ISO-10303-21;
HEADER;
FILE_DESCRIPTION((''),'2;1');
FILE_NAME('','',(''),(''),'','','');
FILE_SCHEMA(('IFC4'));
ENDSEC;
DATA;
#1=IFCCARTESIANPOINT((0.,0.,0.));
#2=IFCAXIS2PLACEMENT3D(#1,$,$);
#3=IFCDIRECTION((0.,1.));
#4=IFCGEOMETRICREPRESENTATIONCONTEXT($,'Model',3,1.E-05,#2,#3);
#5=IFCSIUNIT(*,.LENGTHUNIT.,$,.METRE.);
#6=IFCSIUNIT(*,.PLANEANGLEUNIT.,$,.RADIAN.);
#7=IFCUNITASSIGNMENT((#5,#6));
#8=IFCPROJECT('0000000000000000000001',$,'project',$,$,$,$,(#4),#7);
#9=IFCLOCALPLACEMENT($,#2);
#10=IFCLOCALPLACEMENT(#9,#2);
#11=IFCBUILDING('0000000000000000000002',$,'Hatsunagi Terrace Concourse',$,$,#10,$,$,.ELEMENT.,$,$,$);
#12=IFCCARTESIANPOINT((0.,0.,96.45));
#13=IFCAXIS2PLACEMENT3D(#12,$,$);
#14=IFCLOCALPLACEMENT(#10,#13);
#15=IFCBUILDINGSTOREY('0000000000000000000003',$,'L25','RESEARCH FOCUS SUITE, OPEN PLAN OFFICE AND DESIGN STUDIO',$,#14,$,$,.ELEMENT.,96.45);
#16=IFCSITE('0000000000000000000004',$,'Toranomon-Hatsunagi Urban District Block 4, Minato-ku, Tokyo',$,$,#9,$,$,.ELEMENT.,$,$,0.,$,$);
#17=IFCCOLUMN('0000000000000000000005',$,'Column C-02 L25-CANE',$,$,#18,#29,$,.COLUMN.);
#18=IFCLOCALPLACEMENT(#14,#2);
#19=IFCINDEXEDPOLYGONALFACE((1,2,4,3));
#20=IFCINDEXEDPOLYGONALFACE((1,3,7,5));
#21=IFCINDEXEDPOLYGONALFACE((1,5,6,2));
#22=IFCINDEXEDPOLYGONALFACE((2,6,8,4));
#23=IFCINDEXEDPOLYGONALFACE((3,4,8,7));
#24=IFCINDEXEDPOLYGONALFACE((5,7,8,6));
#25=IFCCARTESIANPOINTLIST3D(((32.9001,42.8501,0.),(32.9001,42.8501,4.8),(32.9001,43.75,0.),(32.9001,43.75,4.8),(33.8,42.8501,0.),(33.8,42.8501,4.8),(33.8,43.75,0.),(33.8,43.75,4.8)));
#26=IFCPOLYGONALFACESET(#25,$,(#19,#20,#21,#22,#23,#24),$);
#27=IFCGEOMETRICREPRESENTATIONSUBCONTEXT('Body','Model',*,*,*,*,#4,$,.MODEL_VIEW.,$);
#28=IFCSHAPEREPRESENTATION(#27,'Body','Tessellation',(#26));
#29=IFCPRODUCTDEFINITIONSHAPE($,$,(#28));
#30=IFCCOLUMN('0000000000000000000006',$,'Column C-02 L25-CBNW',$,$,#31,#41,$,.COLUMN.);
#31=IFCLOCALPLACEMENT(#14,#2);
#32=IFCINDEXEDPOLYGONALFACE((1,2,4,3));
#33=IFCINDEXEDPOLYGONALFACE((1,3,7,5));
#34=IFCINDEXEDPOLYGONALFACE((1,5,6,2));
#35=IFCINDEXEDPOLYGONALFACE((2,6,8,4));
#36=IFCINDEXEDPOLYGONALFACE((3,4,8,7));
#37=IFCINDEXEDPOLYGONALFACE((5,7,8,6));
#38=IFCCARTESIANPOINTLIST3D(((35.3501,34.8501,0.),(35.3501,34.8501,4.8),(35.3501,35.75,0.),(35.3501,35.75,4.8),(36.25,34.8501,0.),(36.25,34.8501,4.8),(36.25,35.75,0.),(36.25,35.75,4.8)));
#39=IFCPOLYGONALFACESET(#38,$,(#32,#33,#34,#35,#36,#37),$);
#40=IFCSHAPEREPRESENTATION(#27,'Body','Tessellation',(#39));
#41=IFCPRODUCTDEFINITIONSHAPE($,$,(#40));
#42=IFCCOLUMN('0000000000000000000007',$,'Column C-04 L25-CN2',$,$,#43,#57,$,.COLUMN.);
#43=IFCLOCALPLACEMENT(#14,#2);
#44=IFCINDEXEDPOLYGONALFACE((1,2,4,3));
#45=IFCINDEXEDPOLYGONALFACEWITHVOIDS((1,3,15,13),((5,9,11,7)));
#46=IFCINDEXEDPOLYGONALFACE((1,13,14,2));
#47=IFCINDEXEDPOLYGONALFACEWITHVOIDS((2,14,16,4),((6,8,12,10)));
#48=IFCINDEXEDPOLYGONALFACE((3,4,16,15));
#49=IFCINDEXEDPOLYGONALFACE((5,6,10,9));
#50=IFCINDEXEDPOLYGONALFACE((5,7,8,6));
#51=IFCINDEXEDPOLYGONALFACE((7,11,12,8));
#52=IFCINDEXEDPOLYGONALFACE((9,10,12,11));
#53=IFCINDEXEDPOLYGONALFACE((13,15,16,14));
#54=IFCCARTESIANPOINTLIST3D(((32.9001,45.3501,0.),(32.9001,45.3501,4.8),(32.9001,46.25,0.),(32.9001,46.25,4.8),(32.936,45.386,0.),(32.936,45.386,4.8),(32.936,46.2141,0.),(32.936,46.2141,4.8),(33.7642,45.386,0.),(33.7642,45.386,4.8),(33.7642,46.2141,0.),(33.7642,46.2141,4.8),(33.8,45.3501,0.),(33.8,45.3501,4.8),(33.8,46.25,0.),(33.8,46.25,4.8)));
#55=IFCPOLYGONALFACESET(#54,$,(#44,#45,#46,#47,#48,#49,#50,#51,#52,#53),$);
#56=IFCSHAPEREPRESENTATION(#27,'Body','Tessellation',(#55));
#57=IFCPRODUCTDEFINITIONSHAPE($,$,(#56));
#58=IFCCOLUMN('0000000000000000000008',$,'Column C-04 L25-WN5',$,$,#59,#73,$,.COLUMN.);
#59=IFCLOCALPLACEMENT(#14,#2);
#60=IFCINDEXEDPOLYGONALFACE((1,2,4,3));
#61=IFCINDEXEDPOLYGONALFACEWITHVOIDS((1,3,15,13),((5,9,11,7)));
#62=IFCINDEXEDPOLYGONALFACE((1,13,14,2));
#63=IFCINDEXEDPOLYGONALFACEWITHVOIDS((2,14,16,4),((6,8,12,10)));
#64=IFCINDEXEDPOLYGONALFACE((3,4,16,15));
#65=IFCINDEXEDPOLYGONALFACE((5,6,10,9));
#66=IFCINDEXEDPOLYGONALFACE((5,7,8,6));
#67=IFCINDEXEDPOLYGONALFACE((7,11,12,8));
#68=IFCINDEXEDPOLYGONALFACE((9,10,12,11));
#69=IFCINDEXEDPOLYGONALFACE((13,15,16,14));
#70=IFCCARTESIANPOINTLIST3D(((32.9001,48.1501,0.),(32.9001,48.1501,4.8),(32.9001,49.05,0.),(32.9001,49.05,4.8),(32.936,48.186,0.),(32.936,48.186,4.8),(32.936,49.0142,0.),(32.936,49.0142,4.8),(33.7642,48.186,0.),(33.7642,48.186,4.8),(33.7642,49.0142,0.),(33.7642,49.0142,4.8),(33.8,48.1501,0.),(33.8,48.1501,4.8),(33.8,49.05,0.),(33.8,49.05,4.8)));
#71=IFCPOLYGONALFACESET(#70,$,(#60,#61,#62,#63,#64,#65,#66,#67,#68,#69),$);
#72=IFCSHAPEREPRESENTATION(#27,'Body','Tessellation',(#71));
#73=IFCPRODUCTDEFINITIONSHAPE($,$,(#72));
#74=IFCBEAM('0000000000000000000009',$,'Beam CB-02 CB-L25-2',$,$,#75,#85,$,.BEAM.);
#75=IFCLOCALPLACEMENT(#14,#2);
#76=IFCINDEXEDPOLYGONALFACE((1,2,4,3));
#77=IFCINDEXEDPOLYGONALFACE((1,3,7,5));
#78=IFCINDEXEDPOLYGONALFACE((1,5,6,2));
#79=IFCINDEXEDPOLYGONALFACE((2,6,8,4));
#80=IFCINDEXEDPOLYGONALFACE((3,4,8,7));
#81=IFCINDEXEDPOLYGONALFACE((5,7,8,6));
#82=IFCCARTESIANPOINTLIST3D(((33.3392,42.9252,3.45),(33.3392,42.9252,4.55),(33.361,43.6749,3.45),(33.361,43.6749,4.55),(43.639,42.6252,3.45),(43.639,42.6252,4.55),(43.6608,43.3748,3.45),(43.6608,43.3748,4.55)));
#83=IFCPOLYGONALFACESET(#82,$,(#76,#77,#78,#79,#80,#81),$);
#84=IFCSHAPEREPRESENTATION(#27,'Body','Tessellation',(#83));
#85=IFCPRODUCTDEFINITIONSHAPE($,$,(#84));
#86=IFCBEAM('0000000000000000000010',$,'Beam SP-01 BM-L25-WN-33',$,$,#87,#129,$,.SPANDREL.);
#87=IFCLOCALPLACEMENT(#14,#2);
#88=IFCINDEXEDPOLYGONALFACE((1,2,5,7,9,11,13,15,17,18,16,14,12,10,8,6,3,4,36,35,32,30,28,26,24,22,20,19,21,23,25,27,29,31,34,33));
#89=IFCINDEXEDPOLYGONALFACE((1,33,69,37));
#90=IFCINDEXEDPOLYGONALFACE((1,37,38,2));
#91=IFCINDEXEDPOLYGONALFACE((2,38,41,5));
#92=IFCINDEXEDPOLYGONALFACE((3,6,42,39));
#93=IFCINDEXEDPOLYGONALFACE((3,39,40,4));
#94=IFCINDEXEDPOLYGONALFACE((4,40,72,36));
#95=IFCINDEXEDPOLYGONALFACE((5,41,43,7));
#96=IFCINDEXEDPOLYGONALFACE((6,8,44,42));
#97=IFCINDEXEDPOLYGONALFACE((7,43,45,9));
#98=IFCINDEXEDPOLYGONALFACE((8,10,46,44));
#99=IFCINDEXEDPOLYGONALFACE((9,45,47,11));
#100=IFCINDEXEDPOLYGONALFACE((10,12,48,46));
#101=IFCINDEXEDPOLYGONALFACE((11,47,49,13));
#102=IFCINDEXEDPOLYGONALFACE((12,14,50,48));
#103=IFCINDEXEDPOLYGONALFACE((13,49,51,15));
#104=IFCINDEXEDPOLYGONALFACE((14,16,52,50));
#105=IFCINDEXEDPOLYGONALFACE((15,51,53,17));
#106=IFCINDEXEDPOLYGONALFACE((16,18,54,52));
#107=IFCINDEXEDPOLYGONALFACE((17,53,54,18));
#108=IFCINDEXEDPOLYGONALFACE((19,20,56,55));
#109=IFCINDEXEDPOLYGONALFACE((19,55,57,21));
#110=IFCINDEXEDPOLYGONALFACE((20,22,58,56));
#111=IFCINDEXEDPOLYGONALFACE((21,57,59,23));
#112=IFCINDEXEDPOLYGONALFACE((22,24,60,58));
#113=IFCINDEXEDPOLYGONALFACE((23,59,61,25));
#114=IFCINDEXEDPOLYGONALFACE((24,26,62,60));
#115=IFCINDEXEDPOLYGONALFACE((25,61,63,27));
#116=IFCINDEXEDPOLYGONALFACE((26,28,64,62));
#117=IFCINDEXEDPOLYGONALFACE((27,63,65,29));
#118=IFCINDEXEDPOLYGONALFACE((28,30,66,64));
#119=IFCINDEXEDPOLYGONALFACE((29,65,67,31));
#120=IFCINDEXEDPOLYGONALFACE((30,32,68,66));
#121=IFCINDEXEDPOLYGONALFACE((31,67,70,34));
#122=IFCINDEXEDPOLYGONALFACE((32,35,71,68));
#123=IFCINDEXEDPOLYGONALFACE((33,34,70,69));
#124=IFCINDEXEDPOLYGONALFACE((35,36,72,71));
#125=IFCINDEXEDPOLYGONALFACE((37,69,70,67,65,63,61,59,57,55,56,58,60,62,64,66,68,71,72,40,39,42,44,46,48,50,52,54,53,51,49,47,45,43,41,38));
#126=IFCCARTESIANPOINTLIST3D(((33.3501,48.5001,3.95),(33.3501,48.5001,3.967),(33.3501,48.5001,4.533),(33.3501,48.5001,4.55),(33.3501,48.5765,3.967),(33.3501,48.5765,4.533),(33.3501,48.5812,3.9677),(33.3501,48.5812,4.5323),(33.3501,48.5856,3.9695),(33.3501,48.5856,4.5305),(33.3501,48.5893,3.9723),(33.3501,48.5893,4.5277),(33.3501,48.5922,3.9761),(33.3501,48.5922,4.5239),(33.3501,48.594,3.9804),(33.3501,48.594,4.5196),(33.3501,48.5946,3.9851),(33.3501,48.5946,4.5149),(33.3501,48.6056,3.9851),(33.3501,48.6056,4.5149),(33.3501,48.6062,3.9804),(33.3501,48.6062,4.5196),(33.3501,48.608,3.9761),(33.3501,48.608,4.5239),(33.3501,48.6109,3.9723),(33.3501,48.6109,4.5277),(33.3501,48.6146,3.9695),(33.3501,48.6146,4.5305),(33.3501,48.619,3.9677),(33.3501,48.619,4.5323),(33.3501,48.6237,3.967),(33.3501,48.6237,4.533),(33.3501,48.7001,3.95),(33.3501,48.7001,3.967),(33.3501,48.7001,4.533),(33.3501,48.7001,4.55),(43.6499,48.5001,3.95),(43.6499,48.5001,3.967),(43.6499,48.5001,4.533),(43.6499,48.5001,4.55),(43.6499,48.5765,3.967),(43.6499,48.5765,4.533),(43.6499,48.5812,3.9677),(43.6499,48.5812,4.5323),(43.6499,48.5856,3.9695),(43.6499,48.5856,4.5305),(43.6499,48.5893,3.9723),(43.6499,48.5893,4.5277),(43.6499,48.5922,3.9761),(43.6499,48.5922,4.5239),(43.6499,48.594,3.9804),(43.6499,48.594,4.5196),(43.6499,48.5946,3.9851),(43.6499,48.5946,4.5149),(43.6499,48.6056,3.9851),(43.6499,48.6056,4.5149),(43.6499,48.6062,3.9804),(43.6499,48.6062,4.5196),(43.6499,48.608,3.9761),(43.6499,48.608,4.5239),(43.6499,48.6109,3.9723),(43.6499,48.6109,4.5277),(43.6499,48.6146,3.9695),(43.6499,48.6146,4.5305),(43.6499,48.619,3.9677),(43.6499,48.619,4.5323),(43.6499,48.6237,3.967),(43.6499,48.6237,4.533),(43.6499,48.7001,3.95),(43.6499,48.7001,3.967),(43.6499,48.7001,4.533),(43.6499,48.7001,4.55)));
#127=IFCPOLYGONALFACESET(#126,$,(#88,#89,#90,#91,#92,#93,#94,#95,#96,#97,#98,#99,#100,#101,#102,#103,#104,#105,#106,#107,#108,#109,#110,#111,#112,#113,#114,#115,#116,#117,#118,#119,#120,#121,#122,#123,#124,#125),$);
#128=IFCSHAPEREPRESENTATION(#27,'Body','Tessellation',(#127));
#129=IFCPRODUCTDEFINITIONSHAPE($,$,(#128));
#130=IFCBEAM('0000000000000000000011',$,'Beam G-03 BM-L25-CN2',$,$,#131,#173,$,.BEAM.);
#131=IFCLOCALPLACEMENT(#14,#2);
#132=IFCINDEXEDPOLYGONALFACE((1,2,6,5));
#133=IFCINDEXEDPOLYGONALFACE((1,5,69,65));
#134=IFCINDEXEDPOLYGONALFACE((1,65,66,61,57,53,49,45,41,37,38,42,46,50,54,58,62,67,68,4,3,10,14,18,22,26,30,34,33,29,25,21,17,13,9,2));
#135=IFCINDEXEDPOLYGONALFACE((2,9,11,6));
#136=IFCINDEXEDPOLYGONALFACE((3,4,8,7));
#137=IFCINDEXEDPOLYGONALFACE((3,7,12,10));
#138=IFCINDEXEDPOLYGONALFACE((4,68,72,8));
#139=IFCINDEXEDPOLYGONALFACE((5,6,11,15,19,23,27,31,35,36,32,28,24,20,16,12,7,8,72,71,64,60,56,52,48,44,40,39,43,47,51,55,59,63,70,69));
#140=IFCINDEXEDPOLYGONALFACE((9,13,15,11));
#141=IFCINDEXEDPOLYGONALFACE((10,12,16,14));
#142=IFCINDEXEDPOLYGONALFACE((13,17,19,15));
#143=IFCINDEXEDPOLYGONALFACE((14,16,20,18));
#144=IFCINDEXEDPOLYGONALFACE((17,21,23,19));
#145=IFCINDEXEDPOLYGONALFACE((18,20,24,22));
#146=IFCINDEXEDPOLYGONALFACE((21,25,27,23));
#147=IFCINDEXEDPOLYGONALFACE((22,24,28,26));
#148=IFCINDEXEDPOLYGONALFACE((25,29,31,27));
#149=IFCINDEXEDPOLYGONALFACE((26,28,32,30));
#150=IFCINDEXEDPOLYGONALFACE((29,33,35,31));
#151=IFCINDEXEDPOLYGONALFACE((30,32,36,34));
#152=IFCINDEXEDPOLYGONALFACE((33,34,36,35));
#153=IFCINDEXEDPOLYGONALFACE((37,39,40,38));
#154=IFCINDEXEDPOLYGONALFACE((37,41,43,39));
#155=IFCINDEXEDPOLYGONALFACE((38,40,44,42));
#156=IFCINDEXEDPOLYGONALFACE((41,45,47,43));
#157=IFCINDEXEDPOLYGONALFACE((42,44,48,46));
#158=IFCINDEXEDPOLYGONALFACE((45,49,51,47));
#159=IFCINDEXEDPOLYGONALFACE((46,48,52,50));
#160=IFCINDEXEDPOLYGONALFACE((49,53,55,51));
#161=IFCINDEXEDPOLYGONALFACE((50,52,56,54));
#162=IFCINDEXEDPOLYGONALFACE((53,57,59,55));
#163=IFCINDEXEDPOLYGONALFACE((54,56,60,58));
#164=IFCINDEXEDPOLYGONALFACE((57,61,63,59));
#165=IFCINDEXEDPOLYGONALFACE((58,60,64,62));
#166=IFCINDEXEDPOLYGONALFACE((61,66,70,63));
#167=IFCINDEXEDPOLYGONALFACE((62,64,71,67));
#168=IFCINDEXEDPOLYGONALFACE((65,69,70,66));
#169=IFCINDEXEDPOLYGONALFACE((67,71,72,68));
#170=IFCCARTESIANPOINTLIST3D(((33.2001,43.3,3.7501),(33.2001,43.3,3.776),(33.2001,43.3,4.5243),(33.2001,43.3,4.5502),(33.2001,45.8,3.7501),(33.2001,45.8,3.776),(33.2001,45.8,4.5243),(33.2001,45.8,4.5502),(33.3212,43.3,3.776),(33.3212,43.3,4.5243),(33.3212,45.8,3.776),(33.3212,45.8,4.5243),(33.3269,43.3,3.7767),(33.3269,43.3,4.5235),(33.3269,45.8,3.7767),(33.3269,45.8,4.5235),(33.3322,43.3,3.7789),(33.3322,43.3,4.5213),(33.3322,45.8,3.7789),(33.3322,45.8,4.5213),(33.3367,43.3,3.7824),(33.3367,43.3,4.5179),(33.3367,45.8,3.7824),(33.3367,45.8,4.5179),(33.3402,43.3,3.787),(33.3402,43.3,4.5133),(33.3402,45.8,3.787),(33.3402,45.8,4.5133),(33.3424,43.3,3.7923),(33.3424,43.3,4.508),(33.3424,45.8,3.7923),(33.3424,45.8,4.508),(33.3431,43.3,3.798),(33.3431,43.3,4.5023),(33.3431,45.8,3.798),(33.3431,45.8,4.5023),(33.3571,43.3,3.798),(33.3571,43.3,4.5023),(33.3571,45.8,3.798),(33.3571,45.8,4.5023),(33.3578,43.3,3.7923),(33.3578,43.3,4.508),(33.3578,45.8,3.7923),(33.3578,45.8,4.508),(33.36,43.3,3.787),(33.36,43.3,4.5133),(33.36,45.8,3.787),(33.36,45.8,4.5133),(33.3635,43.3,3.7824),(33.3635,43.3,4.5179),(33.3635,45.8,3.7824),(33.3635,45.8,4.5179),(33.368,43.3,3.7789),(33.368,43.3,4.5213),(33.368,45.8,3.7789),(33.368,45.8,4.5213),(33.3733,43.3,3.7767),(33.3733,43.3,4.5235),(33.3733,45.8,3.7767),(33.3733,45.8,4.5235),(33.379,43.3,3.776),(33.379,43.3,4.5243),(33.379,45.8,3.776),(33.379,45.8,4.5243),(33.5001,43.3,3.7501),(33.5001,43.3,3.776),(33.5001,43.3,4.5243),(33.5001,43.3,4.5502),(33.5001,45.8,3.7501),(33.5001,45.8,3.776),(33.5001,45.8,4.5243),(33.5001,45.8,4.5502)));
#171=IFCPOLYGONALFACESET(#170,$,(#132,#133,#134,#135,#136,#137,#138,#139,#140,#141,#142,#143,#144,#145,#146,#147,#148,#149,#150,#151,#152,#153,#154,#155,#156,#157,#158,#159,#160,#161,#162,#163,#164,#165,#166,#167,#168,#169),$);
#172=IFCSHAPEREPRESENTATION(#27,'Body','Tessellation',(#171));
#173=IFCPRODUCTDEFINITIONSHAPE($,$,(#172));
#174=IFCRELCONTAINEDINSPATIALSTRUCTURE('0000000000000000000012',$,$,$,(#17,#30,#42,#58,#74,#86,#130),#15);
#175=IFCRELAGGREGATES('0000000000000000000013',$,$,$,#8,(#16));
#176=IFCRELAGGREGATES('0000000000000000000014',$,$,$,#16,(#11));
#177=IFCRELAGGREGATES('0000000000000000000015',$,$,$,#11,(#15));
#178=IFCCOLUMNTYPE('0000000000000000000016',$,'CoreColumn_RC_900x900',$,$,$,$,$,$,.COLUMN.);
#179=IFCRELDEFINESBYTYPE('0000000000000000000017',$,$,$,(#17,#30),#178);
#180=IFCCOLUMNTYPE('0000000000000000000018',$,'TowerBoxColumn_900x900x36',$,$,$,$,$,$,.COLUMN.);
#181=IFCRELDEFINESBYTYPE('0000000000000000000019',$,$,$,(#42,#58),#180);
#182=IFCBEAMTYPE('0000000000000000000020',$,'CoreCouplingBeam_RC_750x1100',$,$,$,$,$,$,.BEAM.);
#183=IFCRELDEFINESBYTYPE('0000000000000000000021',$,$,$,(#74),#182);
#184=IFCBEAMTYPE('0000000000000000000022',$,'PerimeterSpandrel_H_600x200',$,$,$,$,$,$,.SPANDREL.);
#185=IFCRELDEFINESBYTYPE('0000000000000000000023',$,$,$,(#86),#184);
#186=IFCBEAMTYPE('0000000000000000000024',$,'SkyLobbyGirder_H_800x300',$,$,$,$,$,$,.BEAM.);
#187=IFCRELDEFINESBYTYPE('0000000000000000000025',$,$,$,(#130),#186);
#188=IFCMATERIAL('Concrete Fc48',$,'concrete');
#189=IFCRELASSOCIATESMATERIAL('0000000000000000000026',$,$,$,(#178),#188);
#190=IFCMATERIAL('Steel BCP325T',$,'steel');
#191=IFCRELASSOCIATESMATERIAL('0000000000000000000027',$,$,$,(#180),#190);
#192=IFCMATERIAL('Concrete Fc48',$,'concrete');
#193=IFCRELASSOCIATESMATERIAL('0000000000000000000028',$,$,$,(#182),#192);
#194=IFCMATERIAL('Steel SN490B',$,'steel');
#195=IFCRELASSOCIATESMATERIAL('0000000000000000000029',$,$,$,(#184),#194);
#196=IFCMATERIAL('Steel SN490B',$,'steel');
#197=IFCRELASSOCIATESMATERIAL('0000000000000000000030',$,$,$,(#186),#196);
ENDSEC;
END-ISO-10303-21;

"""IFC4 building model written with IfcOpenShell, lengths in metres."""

from ifc_helpers import new_model, si_unit, direction, frame, origin, origin_2d, place, context, subcontext, project, spatial, rectangle, hollow_rectangle, i_section, extrude, material, material_profile, profile_set, type_object, element, save


model = new_model("IFC4")

# Units and contexts
model_context = context("Model", 3, precision=1e-05, world=origin(), true_north=direction((0.0, 1.0)))
body_context = subcontext(model_context, "Body", "Model", "MODEL_VIEW")
ifc_project = project(units=[si_unit("LENGTHUNIT", "METRE"), si_unit("PLANEANGLEUNIT", "RADIAN")], contexts=[model_context])

# Site, building, storey
site_placement = place(None, origin())
site = spatial("IfcSite", under=ifc_project, at=site_placement, Name="Toranomon-Hatsunagi Urban District Block 4, Minato-ku, Tokyo", CompositionType="ELEMENT", RefElevation=0.0)
building_placement = place(site_placement, origin())
building = spatial("IfcBuilding", under=site, at=building_placement, Name="Hatsunagi Terrace Concourse", CompositionType="ELEMENT")
storey_placement = place(building_placement, frame((0.0, 0.0, 96.45)))
storey = spatial("IfcBuildingStorey", under=building, at=storey_placement, Name="L25", Description="RESEARCH FOCUS SUITE, OPEN PLAN OFFICE AND DESIGN STUDIO", CompositionType="ELEMENT", Elevation=96.45)

# Columns
ifc_material_1 = material(Name="Concrete Fc48", Category="concrete")
ifc_material_profile_1 = material_profile(ifc_material_1, rectangle(XDim=0.8999, YDim=0.8999, at=origin_2d()), Name="RC-900x900")
ifc_profile_set_1 = profile_set([ifc_material_profile_1], Name="Concrete Fc48")
column_type_1 = type_object("IfcColumnType", Name="CoreColumn_RC_900x900", PredefinedType="COLUMN", material=ifc_profile_set_1)
for number, where, z_axis, x_axis, name in (
    (1, (33.3501, 43.3, 0.0), (0.0, 0.0, 1.0), (1.0, 0.0, 0.0), "Column C-02 L25-CANE"),
    (2, (35.8, 35.3, 0.0), (0.0, 0.0, 1.0), (1.0, 0.0, 0.0), "Column C-02 L25-CBNW"),
):
    element("IfcColumn", number, at=place(storey_placement, frame(where, z_axis=z_axis, x_axis=x_axis)), inside=storey, type_object=column_type_1, Name=name, PredefinedType="COLUMN", context=body_context, shape_type="SweptSolid", body=[
        extrude(rectangle(XDim=0.8999, YDim=0.8999, at=origin_2d()), origin(), (0.0, 0.0, 1.0), 4.8),
    ])
ifc_material_2 = material(Name="Steel BCP325T", Category="steel")
ifc_material_profile_2 = material_profile(ifc_material_2, hollow_rectangle(XDim=0.8999, YDim=0.8999, WallThickness=0.0359, at=origin_2d()), Name="BCP-900x900x36")
ifc_profile_set_2 = profile_set([ifc_material_profile_2], Name="Steel BCP325T")
column_type_2 = type_object("IfcColumnType", Name="TowerBoxColumn_900x900x36", PredefinedType="COLUMN", material=ifc_profile_set_2)
for number, where, z_axis, x_axis, name in (
    (3, (33.3501, 45.8, 0.0), (0.0, 0.0, 1.0), (1.0, 0.0, 0.0), "Column C-04 L25-CN2"),
    (4, (33.3501, 48.6001, 0.0), (0.0, 0.0, 1.0), (1.0, 0.0, 0.0), "Column C-04 L25-WN5"),
):
    element("IfcColumn", number, at=place(storey_placement, frame(where, z_axis=z_axis, x_axis=x_axis)), inside=storey, type_object=column_type_2, Name=name, PredefinedType="COLUMN", context=body_context, shape_type="SweptSolid", body=[
        extrude(hollow_rectangle(XDim=0.8999, YDim=0.8999, WallThickness=0.0359, at=origin_2d()), origin(), (0.0, 0.0, 1.0), 4.8),
    ])

# Beams
ifc_material_3 = material(Name="Concrete Fc48", Category="concrete")
ifc_material_profile_3 = material_profile(ifc_material_3, rectangle(XDim=0.75, YDim=1.1001, at=origin_2d()), Name="RC-750x1100")
ifc_profile_set_3 = profile_set([ifc_material_profile_3], Name="Concrete Fc48")
beam_type_1 = type_object("IfcBeamType", Name="CoreCouplingBeam_RC_750x1100", PredefinedType="BEAM", material=ifc_profile_set_3)
beam_1_placement = place(storey_placement, frame((33.3501, 43.3, 4.0), z_axis=(0.999576, -0.029119, 0.0), x_axis=(0.029119, 0.999576, 0.0)))
element("IfcBeam", 5, at=beam_1_placement, inside=storey, type_object=beam_type_1, Name="Beam CB-02 CB-L25-2", PredefinedType="BEAM", context=body_context, shape_type="SweptSolid", body=[
    extrude(rectangle(XDim=0.75, YDim=1.1001, at=origin_2d()), origin(), (0.0, 0.0, 1.0), 10.3042),
])
ifc_material_4 = material(Name="Steel SN490B", Category="steel")
ifc_material_profile_4 = material_profile(ifc_material_4, i_section(OverallWidth=0.2, OverallDepth=0.6001, WebThickness=0.011, FlangeThickness=0.0171, FilletRadius=0.0181, at=origin_2d()), Name="H-600x200x11x17")
ifc_profile_set_4 = profile_set([ifc_material_profile_4], Name="Steel SN490B")
beam_type_2 = type_object("IfcBeamType", Name="PerimeterSpandrel_H_600x200", PredefinedType="SPANDREL", material=ifc_profile_set_4)
beam_2_placement = place(storey_placement, frame((33.3501, 48.6001, 4.25), z_axis=(1.0, 0.0, 0.0), x_axis=(0.0, 1.0, 0.0)))
element("IfcBeam", 6, at=beam_2_placement, inside=storey, type_object=beam_type_2, Name="Beam SP-01 BM-L25-WN-33", PredefinedType="SPANDREL", context=body_context, shape_type="SweptSolid", body=[
    extrude(i_section(OverallWidth=0.2, OverallDepth=0.6001, WebThickness=0.011, FlangeThickness=0.0171, FilletRadius=0.0181, at=origin_2d()), origin(), (0.0, 0.0, 1.0), 10.2998),
])
ifc_material_5 = material(Name="Steel SN490B", Category="steel")
ifc_material_profile_5 = material_profile(ifc_material_5, i_section(OverallWidth=0.3, OverallDepth=0.8, WebThickness=0.0139, FlangeThickness=0.0259, FilletRadius=0.022, at=origin_2d()), Name="H-800x300x14x26")
ifc_profile_set_5 = profile_set([ifc_material_profile_5], Name="Steel SN490B")
beam_type_3 = type_object("IfcBeamType", Name="SkyLobbyGirder_H_800x300", PredefinedType="BEAM", material=ifc_profile_set_5)
beam_3_placement = place(storey_placement, frame((33.3501, 43.3, 4.1501), z_axis=(0.0, 1.0, 0.0), x_axis=(-1.0, 0.0, 0.0)))
element("IfcBeam", 7, at=beam_3_placement, inside=storey, type_object=beam_type_3, Name="Beam G-03 BM-L25-CN2", PredefinedType="BEAM", context=body_context, shape_type="SweptSolid", body=[
    extrude(i_section(OverallWidth=0.3, OverallDepth=0.8, WebThickness=0.0139, FlangeThickness=0.0259, FilletRadius=0.022, at=origin_2d()), origin(), (0.0, 0.0, 1.0), 2.5),
])

save(model, "model.ifc")
